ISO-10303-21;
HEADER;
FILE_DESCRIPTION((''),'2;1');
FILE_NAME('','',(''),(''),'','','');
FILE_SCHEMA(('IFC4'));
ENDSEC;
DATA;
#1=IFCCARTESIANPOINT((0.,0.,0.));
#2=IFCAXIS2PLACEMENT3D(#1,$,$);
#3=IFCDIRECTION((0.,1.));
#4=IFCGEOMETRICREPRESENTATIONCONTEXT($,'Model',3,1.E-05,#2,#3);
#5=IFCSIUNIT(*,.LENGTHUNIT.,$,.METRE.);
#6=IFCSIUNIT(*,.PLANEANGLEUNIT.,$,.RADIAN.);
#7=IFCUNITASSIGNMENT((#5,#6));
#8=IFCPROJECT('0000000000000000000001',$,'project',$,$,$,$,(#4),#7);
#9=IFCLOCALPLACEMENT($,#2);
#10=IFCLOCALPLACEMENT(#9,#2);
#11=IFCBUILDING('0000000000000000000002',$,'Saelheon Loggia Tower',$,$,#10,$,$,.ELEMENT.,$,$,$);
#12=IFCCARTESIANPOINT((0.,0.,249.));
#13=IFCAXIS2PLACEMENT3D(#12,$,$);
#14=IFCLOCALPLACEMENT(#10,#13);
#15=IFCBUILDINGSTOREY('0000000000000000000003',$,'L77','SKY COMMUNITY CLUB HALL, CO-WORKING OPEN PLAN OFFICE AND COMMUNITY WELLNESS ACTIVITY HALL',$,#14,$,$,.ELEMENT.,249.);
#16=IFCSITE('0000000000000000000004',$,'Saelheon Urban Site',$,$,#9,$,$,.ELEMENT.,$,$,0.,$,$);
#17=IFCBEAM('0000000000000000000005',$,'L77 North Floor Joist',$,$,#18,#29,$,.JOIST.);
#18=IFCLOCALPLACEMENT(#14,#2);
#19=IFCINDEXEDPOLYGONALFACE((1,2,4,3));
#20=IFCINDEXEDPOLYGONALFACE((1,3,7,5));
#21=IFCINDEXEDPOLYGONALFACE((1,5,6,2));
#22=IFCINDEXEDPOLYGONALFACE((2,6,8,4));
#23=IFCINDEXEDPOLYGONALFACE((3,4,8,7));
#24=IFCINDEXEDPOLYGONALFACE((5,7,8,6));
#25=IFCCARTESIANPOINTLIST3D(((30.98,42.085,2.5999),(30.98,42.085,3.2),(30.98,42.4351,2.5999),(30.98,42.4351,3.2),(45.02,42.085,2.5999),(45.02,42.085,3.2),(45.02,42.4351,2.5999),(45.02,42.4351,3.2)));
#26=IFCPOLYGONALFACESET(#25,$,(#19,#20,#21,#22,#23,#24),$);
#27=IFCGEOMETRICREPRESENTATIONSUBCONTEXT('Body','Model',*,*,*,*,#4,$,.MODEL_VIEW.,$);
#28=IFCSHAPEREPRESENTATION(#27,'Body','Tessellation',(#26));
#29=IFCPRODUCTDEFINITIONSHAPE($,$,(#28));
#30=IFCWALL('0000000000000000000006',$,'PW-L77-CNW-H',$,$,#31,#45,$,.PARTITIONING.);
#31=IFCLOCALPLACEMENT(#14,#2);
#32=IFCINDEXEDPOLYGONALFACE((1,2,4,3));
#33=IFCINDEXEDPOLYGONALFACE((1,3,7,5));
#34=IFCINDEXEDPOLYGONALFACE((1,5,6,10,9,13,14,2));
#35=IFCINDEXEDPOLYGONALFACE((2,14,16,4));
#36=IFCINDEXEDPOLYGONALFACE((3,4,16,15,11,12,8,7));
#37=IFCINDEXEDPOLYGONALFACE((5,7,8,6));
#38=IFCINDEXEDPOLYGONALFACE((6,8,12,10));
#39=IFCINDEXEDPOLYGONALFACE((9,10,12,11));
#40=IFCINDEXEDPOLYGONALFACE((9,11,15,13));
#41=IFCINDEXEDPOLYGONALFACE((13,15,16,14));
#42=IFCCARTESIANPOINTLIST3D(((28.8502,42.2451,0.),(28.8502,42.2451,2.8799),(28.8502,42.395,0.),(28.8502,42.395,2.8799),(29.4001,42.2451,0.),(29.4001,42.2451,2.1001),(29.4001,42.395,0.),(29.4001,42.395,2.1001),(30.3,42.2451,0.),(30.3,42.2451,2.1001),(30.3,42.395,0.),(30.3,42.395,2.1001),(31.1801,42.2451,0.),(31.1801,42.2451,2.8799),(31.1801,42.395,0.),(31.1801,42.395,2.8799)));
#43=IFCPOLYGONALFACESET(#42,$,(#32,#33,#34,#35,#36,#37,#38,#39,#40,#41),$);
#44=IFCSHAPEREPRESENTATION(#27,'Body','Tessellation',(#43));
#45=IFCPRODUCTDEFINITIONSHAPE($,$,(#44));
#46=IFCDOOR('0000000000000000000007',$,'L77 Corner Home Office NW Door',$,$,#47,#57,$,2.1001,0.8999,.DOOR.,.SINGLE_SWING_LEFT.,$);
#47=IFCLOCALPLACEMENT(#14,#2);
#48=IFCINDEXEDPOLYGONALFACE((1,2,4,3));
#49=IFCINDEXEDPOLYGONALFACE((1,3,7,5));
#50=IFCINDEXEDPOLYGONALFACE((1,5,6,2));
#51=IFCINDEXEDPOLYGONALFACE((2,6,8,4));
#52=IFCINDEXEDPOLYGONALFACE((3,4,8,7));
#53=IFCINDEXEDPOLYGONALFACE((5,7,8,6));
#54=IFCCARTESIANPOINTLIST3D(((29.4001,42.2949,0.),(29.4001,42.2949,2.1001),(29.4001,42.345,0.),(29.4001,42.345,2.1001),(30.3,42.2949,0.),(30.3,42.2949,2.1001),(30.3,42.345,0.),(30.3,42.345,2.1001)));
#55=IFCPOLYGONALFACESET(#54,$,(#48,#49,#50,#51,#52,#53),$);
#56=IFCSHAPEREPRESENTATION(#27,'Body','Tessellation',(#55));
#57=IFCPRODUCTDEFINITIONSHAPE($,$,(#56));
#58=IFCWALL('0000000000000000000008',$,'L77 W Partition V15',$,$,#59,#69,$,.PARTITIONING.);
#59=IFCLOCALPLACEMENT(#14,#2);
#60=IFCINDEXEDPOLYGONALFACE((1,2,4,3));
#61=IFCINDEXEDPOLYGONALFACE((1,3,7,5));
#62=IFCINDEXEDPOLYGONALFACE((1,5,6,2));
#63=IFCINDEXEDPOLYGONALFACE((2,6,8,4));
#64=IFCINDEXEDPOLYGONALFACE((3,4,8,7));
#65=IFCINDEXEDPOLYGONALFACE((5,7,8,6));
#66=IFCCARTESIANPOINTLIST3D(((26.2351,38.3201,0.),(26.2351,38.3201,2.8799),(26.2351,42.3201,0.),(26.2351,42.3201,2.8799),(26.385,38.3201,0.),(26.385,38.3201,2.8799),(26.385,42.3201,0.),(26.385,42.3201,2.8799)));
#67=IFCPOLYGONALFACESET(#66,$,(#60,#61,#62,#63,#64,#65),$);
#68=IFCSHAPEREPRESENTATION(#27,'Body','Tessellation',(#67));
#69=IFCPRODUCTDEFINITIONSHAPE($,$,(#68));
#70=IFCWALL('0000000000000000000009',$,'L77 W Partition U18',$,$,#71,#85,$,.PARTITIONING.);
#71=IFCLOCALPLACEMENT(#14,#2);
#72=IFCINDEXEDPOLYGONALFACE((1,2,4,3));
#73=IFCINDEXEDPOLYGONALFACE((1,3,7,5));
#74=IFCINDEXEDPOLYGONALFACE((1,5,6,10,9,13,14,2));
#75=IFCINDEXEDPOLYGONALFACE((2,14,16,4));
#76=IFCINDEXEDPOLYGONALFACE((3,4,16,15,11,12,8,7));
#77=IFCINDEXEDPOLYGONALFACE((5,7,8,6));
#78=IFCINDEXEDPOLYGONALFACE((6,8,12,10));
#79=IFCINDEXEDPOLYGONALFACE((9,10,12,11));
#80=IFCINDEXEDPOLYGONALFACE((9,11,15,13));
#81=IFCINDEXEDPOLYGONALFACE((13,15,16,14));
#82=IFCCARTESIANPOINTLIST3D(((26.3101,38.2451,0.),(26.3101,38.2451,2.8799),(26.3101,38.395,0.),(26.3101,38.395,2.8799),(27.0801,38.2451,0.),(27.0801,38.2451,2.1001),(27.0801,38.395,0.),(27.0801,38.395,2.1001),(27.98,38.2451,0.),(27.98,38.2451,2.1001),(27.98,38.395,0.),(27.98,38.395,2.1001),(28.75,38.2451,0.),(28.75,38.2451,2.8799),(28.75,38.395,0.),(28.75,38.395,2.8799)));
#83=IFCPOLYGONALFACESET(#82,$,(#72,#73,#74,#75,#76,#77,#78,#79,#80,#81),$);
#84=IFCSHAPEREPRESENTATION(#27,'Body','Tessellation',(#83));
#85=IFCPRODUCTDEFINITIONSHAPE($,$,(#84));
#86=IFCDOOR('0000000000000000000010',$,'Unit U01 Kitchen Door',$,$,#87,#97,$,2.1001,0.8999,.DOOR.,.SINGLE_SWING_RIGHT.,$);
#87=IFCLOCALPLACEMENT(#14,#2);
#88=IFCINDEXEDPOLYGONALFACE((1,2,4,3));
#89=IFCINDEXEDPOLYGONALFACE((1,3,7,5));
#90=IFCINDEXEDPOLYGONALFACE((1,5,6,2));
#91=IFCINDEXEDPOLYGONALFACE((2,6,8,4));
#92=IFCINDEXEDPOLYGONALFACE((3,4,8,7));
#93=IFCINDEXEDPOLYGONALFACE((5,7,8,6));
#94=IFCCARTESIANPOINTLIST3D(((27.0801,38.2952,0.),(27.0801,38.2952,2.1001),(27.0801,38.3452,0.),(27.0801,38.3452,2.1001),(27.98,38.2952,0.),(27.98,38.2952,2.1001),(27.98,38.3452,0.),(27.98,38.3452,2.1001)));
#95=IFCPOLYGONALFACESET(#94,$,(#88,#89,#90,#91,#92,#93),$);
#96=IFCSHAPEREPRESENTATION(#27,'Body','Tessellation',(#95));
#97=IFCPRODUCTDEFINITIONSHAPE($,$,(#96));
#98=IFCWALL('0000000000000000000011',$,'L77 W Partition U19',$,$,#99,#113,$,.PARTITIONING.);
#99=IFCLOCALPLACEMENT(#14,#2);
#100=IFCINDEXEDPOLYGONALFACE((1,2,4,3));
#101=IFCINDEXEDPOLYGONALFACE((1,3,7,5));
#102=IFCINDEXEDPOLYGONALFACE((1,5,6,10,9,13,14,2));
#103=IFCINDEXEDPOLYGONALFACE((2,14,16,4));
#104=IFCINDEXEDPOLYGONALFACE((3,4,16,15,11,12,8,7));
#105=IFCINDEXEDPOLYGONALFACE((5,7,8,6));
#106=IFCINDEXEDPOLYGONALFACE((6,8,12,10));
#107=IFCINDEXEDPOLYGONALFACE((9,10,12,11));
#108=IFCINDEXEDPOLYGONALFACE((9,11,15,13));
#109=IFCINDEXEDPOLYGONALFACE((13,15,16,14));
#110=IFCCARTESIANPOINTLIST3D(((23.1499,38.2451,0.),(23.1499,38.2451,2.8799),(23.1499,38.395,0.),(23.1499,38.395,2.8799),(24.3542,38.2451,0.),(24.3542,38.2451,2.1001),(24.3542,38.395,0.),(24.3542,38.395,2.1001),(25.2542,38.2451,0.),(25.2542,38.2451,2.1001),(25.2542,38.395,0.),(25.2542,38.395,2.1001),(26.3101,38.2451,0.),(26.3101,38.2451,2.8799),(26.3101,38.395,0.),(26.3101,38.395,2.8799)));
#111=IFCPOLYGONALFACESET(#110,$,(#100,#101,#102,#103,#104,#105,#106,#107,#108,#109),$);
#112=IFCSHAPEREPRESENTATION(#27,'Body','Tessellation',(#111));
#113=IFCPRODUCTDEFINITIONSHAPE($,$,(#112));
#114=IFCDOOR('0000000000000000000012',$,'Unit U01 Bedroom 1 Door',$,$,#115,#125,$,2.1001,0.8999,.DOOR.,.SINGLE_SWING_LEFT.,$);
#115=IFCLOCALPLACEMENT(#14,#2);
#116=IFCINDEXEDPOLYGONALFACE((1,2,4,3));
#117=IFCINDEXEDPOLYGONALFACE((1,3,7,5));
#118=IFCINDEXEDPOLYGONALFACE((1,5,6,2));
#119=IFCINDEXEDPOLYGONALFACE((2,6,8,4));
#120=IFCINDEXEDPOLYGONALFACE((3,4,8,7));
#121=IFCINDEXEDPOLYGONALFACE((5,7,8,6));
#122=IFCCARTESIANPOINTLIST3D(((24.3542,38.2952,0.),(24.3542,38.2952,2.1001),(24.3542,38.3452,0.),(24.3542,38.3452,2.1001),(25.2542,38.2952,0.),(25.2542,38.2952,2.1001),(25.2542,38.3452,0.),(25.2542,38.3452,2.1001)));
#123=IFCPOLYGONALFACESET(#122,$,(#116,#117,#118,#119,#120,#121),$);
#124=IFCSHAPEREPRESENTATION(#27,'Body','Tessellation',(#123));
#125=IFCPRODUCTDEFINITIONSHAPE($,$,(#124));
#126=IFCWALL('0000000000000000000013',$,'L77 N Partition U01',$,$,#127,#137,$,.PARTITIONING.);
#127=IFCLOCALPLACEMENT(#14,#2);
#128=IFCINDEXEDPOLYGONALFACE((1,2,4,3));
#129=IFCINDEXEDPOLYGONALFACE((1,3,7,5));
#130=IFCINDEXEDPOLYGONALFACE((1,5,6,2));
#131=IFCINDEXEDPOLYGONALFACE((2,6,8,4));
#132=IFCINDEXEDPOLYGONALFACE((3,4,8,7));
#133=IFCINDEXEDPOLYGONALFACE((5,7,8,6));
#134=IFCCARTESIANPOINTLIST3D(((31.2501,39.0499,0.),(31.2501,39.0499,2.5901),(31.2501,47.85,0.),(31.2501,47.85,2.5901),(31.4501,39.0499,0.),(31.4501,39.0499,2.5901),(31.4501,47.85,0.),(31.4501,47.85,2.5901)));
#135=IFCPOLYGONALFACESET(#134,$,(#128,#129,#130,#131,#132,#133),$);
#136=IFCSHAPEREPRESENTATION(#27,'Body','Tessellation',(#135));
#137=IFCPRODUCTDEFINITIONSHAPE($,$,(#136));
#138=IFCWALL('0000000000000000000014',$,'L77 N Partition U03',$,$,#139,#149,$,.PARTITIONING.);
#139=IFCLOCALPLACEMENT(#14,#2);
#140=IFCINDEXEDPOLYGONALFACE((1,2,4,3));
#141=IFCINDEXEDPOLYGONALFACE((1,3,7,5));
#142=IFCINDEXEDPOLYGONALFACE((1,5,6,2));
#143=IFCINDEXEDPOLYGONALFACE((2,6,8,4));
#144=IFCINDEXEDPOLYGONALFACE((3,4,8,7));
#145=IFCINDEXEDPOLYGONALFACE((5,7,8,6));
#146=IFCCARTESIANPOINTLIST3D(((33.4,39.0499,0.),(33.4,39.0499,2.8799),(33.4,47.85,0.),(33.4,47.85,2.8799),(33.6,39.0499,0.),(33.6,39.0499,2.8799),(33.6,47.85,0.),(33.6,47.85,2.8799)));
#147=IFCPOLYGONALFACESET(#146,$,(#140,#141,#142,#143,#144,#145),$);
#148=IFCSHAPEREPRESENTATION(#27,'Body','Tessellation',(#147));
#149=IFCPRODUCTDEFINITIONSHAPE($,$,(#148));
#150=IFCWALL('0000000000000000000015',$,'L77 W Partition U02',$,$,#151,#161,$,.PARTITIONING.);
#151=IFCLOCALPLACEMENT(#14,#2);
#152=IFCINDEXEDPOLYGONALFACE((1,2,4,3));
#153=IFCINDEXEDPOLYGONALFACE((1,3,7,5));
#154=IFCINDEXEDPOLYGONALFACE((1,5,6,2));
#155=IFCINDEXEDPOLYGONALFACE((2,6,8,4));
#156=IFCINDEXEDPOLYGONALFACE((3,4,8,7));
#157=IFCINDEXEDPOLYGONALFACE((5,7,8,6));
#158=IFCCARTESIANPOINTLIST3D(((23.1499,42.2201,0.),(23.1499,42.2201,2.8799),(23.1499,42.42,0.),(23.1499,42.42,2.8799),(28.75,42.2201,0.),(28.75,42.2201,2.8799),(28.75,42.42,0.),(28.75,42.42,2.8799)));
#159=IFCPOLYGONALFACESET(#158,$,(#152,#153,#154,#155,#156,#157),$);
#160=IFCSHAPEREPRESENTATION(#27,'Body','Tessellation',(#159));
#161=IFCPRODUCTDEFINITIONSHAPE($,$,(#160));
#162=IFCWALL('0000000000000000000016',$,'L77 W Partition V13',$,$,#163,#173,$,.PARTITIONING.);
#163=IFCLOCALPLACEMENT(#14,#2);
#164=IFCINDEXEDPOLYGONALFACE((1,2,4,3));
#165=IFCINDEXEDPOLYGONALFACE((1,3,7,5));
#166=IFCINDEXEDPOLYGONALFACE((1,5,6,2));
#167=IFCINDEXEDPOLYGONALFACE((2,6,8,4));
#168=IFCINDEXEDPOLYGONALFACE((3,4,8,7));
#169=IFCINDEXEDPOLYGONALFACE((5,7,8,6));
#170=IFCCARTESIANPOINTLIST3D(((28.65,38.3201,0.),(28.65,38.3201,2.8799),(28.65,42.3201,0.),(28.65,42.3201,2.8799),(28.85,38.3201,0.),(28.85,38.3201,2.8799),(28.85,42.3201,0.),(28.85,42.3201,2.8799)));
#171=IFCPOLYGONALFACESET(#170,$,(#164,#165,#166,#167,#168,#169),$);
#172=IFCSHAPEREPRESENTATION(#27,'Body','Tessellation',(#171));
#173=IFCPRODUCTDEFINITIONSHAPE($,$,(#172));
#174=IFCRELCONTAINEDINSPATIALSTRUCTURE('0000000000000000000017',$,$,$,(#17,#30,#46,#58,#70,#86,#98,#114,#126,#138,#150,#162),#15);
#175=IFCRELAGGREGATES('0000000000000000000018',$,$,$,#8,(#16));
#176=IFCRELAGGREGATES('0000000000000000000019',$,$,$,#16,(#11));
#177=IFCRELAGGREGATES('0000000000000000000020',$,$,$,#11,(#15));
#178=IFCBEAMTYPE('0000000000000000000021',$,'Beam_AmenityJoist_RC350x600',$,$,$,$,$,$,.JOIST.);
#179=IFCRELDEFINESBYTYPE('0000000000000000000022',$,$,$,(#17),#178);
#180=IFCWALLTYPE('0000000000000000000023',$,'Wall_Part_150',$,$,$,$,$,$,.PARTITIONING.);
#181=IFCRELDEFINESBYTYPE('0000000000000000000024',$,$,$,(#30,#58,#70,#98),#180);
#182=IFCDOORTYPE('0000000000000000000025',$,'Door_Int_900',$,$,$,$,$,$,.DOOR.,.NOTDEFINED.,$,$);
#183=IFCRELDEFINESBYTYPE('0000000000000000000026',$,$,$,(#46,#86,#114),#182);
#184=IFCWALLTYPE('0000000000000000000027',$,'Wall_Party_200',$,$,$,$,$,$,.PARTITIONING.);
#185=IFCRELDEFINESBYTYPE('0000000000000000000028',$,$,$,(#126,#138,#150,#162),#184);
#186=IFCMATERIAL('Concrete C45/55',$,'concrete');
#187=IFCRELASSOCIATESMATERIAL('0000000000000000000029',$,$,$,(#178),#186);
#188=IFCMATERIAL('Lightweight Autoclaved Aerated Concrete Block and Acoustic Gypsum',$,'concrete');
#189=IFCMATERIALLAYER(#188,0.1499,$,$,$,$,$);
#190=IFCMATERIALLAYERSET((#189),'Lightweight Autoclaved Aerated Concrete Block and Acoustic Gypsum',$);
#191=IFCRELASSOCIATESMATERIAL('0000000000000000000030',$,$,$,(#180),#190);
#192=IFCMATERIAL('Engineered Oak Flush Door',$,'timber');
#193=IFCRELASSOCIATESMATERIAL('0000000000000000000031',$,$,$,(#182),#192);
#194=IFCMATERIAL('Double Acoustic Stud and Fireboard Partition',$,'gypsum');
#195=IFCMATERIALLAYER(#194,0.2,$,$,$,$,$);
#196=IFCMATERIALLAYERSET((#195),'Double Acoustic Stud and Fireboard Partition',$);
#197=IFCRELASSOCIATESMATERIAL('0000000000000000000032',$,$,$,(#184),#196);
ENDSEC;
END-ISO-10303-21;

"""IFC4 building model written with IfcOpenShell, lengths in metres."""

from ifc_helpers import new_model, si_unit, direction, frame, frame_2d, origin, origin_2d, place, context, subcontext, project, spatial, rectangle, extrude, source, transform, mapped, material, layer, layer_set, material_profile, profile_set, type_object, element, fill, save


model = new_model("IFC4")

# Units and contexts
model_context = context("Model", 3, precision=1e-05, world=origin(), true_north=direction((0.0, 1.0)))
body_context = subcontext(model_context, "Body", "Model", "MODEL_VIEW")
ifc_project = project(units=[si_unit("LENGTHUNIT", "METRE"), si_unit("PLANEANGLEUNIT", "RADIAN")], contexts=[model_context])

# Site, building, storey
site_placement = place(None, origin())
site = spatial("IfcSite", under=ifc_project, at=site_placement, Name="Saelheon Urban Site", CompositionType="ELEMENT", RefElevation=0.0)
building_placement = place(site_placement, origin())
building = spatial("IfcBuilding", under=site, at=building_placement, Name="Saelheon Loggia Tower", CompositionType="ELEMENT")
storey_placement = place(building_placement, frame((0.0, 0.0, 249.0)))
storey = spatial("IfcBuildingStorey", under=building, at=storey_placement, Name="L77", Description="SKY COMMUNITY CLUB HALL, CO-WORKING OPEN PLAN OFFICE AND COMMUNITY WELLNESS ACTIVITY HALL", CompositionType="ELEMENT", Elevation=249.0)

# Beam
ifc_material_1 = material(Name="Concrete C45/55", Category="concrete")
ifc_material_profile = material_profile(ifc_material_1, rectangle(XDim=0.3501, YDim=0.6001, at=origin_2d()), Name="RC-350x600")
ifc_profile_set = profile_set([ifc_material_profile], Name="Concrete C45/55")
beam_type = type_object("IfcBeamType", Name="Beam_AmenityJoist_RC350x600", PredefinedType="JOIST", material=ifc_profile_set)
shared_shape_1 = source(origin(), body_context, "Body", "SweptSolid", [
    extrude(rectangle(XDim=0.3501, YDim=0.6001, at=origin_2d()), origin(), (0.0, 0.0, 1.0), 14.04),
])
beam_placement = place(storey_placement, frame((30.98, 42.26, 2.8999), z_axis=(1.0, 0.0, 0.0), x_axis=(0.0, 1.0, 0.0)))
element("IfcBeam", 1, at=beam_placement, inside=storey, type_object=beam_type, Name="L77 North Floor Joist", PredefinedType="JOIST", context=body_context, shape_type="MappedRepresentation", body=[
    mapped(shared_shape_1, transform((0.0, 0.0, 0.0), scale=1.0)),
])

# Wall, opening, door
ifc_material_2 = material(Name="Lightweight Autoclaved Aerated Concrete Block and Acoustic Gypsum", Category="concrete")
ifc_layer_1 = layer(ifc_material_2, 0.1499)
ifc_layer_set_1 = layer_set([ifc_layer_1], Name="Lightweight Autoclaved Aerated Concrete Block and Acoustic Gypsum")
wall_type_1 = type_object("IfcWallType", Name="Wall_Part_150", PredefinedType="PARTITIONING", material=ifc_layer_set_1)
wall_1_placement = place(storey_placement, frame((28.8501, 42.3201, 0.0), z_axis=(0.0, 0.0, 1.0), x_axis=(1.0, 0.0, 0.0)))
wall_1 = element("IfcWall", 2, at=wall_1_placement, inside=storey, type_object=wall_type_1, Name="PW-L77-CNW-H", PredefinedType="PARTITIONING", context=body_context, shape_type="SweptSolid", body=[
    extrude(rectangle(XDim=2.3298, YDim=0.1499, at=frame_2d((1.165, 0.0))), origin(), (0.0, 0.0, 1.0), 2.8799),
])
opening_1_placement = place(wall_1_placement, frame((0.55, 0.0, 0.0)))
opening_1 = element("IfcOpeningElement", 3, at=opening_1_placement, cuts=wall_1, PredefinedType="OPENING", context=body_context, shape_type="SweptSolid", body=[
    extrude(rectangle(XDim=0.8999, YDim=2.1001, at=frame_2d((0.45, 1.05))), frame((0.0, 0.0869, 0.0), z_axis=(0.0, -1.0, 0.0), x_axis=(1.0, 0.0, 0.0)), (0.0, 0.0, 1.0), 0.1738),
])
ifc_material_3 = material(Name="Engineered Oak Flush Door", Category="timber")
door_type_1 = type_object("IfcDoorType", Name="Door_Int_900", OperationType="NOTDEFINED", PredefinedType="DOOR", material=ifc_material_3)
shared_shape_2 = source(origin(), body_context, "Body", "SweptSolid", [
    extrude(rectangle(XDim=0.8999, YDim=2.1001, at=frame_2d((0.45, 1.05))), frame((0.0, 0.0249, 0.0), z_axis=(0.0, -1.0, 0.0), x_axis=(1.0, 0.0, 0.0)), (0.0, 0.0, 1.0), 0.05),
])
door_1_placement = place(opening_1_placement, origin())
door_1 = element("IfcDoor", 4, at=door_1_placement, inside=storey, type_object=door_type_1, Name="L77 Corner Home Office NW Door", OperationType="SINGLE_SWING_LEFT", OverallHeight=2.1001, OverallWidth=0.8999, PredefinedType="DOOR", context=body_context, shape_type="MappedRepresentation", body=[
    mapped(shared_shape_2, transform((0.0, 0.0, 0.0), scale=1.0)),
])
fill(opening_1, door_1)

# Wall
wall_2_placement = place(storey_placement, frame((26.3101, 38.3201, 0.0), z_axis=(0.0, 0.0, 1.0), x_axis=(0.0, 1.0, 0.0)))
element("IfcWall", 5, at=wall_2_placement, inside=storey, type_object=wall_type_1, Name="L77 W Partition V15", PredefinedType="PARTITIONING", context=body_context, shape_type="SweptSolid", body=[
    extrude(rectangle(XDim=4.0, YDim=0.1499, at=frame_2d((2.0, 0.0))), origin(), (0.0, 0.0, 1.0), 2.8799),
])

# Walls, openings, doors
wall_3_placement = place(storey_placement, frame((28.75, 38.3201, 0.0), z_axis=(0.0, 0.0, 1.0), x_axis=(-1.0, 0.0, 0.0)))
wall_3 = element("IfcWall", 6, at=wall_3_placement, inside=storey, type_object=wall_type_1, Name="L77 W Partition U18", PredefinedType="PARTITIONING", context=body_context, shape_type="SweptSolid", body=[
    extrude(rectangle(XDim=2.4399, YDim=0.1499, at=frame_2d((1.22, 0.0))), origin(), (0.0, 0.0, 1.0), 2.8799),
])
opening_2_placement = place(wall_3_placement, frame((0.77, 0.0, 0.0)))
opening_2 = element("IfcOpeningElement", 7, at=opening_2_placement, cuts=wall_3, PredefinedType="OPENING", context=body_context, shape_type="SweptSolid", body=[
    extrude(rectangle(XDim=0.8999, YDim=2.1001, at=frame_2d((0.45, 1.05))), frame((0.0, 0.0869, 0.0), z_axis=(0.0, -1.0, 0.0), x_axis=(1.0, 0.0, 0.0)), (0.0, 0.0, 1.0), 0.1738),
])
door_2_placement = place(opening_2_placement, origin())
door_2 = element("IfcDoor", 8, at=door_2_placement, inside=storey, type_object=door_type_1, Name="Unit U01 Kitchen Door", OperationType="SINGLE_SWING_RIGHT", OverallHeight=2.1001, OverallWidth=0.8999, PredefinedType="DOOR", context=body_context, shape_type="MappedRepresentation", body=[
    mapped(shared_shape_2, transform((0.0, 0.0, 0.0), scale=1.0)),
])
fill(opening_2, door_2)
wall_4_placement = place(storey_placement, frame((26.3101, 38.3201, 0.0), z_axis=(0.0, 0.0, 1.0), x_axis=(-1.0, 0.0, 0.0)))
wall_4 = element("IfcWall", 9, at=wall_4_placement, inside=storey, type_object=wall_type_1, Name="L77 W Partition U19", PredefinedType="PARTITIONING", context=body_context, shape_type="SweptSolid", body=[
    extrude(rectangle(XDim=3.1602, YDim=0.1499, at=frame_2d((1.5801, 0.0))), origin(), (0.0, 0.0, 1.0), 2.8799),
])
opening_3_placement = place(wall_4_placement, frame((1.0559, 0.0, 0.0)))
opening_3 = element("IfcOpeningElement", 10, at=opening_3_placement, cuts=wall_4, PredefinedType="OPENING", context=body_context, shape_type="SweptSolid", body=[
    extrude(rectangle(XDim=0.8999, YDim=2.1001, at=frame_2d((0.45, 1.05))), frame((0.0, 0.0869, 0.0), z_axis=(0.0, -1.0, 0.0), x_axis=(1.0, 0.0, 0.0)), (0.0, 0.0, 1.0), 0.1738),
])
door_3_placement = place(opening_3_placement, origin())
door_3 = element("IfcDoor", 11, at=door_3_placement, inside=storey, type_object=door_type_1, Name="Unit U01 Bedroom 1 Door", OperationType="SINGLE_SWING_LEFT", OverallHeight=2.1001, OverallWidth=0.8999, PredefinedType="DOOR", context=body_context, shape_type="MappedRepresentation", body=[
    mapped(shared_shape_2, transform((0.0, 0.0, 0.0), scale=1.0)),
])
fill(opening_3, door_3)

# Walls
ifc_material_4 = material(Name="Double Acoustic Stud and Fireboard Partition", Category="gypsum")
ifc_layer_2 = layer(ifc_material_4, 0.2)
ifc_layer_set_2 = layer_set([ifc_layer_2], Name="Double Acoustic Stud and Fireboard Partition")
wall_type_2 = type_object("IfcWallType", Name="Wall_Party_200", PredefinedType="PARTITIONING", material=ifc_layer_set_2)
wall_5_placement = place(storey_placement, frame((31.3501, 39.05, 0.0), z_axis=(0.0, 0.0, 1.0), x_axis=(0.0, 1.0, 0.0)))
element("IfcWall", 12, at=wall_5_placement, inside=storey, type_object=wall_type_2, Name="L77 N Partition U01", PredefinedType="PARTITIONING", context=body_context, shape_type="SweptSolid", body=[
    extrude(rectangle(XDim=8.8, YDim=0.2, at=frame_2d((4.3999, 0.0))), origin(), (0.0, 0.0, 1.0), 2.5901),
])
wall_6_placement = place(storey_placement, frame((33.5, 39.05, 0.0), z_axis=(0.0, 0.0, 1.0), x_axis=(0.0, 1.0, 0.0)))
element("IfcWall", 13, at=wall_6_placement, inside=storey, type_object=wall_type_2, Name="L77 N Partition U03", PredefinedType="PARTITIONING", context=body_context, shape_type="SweptSolid", body=[
    extrude(rectangle(XDim=8.8, YDim=0.2, at=frame_2d((4.3999, 0.0))), origin(), (0.0, 0.0, 1.0), 2.8799),
])
wall_7_placement = place(storey_placement, frame((28.75, 42.3201, 0.0), z_axis=(0.0, 0.0, 1.0), x_axis=(-1.0, 0.0, 0.0)))
element("IfcWall", 14, at=wall_7_placement, inside=storey, type_object=wall_type_2, Name="L77 W Partition U02", PredefinedType="PARTITIONING", context=body_context, shape_type="SweptSolid", body=[
    extrude(rectangle(XDim=5.6001, YDim=0.2, at=frame_2d((2.8, 0.0))), origin(), (0.0, 0.0, 1.0), 2.8799),
])
wall_8_placement = place(storey_placement, frame((28.75, 38.3201, 0.0), z_axis=(0.0, 0.0, 1.0), x_axis=(0.0, 1.0, 0.0)))
element("IfcWall", 15, at=wall_8_placement, inside=storey, type_object=wall_type_2, Name="L77 W Partition V13", PredefinedType="PARTITIONING", context=body_context, shape_type="SweptSolid", body=[
    extrude(rectangle(XDim=4.0, YDim=0.2, at=frame_2d((2.0, 0.0))), origin(), (0.0, 0.0, 1.0), 2.8799),
])

save(model, "model.ifc")
